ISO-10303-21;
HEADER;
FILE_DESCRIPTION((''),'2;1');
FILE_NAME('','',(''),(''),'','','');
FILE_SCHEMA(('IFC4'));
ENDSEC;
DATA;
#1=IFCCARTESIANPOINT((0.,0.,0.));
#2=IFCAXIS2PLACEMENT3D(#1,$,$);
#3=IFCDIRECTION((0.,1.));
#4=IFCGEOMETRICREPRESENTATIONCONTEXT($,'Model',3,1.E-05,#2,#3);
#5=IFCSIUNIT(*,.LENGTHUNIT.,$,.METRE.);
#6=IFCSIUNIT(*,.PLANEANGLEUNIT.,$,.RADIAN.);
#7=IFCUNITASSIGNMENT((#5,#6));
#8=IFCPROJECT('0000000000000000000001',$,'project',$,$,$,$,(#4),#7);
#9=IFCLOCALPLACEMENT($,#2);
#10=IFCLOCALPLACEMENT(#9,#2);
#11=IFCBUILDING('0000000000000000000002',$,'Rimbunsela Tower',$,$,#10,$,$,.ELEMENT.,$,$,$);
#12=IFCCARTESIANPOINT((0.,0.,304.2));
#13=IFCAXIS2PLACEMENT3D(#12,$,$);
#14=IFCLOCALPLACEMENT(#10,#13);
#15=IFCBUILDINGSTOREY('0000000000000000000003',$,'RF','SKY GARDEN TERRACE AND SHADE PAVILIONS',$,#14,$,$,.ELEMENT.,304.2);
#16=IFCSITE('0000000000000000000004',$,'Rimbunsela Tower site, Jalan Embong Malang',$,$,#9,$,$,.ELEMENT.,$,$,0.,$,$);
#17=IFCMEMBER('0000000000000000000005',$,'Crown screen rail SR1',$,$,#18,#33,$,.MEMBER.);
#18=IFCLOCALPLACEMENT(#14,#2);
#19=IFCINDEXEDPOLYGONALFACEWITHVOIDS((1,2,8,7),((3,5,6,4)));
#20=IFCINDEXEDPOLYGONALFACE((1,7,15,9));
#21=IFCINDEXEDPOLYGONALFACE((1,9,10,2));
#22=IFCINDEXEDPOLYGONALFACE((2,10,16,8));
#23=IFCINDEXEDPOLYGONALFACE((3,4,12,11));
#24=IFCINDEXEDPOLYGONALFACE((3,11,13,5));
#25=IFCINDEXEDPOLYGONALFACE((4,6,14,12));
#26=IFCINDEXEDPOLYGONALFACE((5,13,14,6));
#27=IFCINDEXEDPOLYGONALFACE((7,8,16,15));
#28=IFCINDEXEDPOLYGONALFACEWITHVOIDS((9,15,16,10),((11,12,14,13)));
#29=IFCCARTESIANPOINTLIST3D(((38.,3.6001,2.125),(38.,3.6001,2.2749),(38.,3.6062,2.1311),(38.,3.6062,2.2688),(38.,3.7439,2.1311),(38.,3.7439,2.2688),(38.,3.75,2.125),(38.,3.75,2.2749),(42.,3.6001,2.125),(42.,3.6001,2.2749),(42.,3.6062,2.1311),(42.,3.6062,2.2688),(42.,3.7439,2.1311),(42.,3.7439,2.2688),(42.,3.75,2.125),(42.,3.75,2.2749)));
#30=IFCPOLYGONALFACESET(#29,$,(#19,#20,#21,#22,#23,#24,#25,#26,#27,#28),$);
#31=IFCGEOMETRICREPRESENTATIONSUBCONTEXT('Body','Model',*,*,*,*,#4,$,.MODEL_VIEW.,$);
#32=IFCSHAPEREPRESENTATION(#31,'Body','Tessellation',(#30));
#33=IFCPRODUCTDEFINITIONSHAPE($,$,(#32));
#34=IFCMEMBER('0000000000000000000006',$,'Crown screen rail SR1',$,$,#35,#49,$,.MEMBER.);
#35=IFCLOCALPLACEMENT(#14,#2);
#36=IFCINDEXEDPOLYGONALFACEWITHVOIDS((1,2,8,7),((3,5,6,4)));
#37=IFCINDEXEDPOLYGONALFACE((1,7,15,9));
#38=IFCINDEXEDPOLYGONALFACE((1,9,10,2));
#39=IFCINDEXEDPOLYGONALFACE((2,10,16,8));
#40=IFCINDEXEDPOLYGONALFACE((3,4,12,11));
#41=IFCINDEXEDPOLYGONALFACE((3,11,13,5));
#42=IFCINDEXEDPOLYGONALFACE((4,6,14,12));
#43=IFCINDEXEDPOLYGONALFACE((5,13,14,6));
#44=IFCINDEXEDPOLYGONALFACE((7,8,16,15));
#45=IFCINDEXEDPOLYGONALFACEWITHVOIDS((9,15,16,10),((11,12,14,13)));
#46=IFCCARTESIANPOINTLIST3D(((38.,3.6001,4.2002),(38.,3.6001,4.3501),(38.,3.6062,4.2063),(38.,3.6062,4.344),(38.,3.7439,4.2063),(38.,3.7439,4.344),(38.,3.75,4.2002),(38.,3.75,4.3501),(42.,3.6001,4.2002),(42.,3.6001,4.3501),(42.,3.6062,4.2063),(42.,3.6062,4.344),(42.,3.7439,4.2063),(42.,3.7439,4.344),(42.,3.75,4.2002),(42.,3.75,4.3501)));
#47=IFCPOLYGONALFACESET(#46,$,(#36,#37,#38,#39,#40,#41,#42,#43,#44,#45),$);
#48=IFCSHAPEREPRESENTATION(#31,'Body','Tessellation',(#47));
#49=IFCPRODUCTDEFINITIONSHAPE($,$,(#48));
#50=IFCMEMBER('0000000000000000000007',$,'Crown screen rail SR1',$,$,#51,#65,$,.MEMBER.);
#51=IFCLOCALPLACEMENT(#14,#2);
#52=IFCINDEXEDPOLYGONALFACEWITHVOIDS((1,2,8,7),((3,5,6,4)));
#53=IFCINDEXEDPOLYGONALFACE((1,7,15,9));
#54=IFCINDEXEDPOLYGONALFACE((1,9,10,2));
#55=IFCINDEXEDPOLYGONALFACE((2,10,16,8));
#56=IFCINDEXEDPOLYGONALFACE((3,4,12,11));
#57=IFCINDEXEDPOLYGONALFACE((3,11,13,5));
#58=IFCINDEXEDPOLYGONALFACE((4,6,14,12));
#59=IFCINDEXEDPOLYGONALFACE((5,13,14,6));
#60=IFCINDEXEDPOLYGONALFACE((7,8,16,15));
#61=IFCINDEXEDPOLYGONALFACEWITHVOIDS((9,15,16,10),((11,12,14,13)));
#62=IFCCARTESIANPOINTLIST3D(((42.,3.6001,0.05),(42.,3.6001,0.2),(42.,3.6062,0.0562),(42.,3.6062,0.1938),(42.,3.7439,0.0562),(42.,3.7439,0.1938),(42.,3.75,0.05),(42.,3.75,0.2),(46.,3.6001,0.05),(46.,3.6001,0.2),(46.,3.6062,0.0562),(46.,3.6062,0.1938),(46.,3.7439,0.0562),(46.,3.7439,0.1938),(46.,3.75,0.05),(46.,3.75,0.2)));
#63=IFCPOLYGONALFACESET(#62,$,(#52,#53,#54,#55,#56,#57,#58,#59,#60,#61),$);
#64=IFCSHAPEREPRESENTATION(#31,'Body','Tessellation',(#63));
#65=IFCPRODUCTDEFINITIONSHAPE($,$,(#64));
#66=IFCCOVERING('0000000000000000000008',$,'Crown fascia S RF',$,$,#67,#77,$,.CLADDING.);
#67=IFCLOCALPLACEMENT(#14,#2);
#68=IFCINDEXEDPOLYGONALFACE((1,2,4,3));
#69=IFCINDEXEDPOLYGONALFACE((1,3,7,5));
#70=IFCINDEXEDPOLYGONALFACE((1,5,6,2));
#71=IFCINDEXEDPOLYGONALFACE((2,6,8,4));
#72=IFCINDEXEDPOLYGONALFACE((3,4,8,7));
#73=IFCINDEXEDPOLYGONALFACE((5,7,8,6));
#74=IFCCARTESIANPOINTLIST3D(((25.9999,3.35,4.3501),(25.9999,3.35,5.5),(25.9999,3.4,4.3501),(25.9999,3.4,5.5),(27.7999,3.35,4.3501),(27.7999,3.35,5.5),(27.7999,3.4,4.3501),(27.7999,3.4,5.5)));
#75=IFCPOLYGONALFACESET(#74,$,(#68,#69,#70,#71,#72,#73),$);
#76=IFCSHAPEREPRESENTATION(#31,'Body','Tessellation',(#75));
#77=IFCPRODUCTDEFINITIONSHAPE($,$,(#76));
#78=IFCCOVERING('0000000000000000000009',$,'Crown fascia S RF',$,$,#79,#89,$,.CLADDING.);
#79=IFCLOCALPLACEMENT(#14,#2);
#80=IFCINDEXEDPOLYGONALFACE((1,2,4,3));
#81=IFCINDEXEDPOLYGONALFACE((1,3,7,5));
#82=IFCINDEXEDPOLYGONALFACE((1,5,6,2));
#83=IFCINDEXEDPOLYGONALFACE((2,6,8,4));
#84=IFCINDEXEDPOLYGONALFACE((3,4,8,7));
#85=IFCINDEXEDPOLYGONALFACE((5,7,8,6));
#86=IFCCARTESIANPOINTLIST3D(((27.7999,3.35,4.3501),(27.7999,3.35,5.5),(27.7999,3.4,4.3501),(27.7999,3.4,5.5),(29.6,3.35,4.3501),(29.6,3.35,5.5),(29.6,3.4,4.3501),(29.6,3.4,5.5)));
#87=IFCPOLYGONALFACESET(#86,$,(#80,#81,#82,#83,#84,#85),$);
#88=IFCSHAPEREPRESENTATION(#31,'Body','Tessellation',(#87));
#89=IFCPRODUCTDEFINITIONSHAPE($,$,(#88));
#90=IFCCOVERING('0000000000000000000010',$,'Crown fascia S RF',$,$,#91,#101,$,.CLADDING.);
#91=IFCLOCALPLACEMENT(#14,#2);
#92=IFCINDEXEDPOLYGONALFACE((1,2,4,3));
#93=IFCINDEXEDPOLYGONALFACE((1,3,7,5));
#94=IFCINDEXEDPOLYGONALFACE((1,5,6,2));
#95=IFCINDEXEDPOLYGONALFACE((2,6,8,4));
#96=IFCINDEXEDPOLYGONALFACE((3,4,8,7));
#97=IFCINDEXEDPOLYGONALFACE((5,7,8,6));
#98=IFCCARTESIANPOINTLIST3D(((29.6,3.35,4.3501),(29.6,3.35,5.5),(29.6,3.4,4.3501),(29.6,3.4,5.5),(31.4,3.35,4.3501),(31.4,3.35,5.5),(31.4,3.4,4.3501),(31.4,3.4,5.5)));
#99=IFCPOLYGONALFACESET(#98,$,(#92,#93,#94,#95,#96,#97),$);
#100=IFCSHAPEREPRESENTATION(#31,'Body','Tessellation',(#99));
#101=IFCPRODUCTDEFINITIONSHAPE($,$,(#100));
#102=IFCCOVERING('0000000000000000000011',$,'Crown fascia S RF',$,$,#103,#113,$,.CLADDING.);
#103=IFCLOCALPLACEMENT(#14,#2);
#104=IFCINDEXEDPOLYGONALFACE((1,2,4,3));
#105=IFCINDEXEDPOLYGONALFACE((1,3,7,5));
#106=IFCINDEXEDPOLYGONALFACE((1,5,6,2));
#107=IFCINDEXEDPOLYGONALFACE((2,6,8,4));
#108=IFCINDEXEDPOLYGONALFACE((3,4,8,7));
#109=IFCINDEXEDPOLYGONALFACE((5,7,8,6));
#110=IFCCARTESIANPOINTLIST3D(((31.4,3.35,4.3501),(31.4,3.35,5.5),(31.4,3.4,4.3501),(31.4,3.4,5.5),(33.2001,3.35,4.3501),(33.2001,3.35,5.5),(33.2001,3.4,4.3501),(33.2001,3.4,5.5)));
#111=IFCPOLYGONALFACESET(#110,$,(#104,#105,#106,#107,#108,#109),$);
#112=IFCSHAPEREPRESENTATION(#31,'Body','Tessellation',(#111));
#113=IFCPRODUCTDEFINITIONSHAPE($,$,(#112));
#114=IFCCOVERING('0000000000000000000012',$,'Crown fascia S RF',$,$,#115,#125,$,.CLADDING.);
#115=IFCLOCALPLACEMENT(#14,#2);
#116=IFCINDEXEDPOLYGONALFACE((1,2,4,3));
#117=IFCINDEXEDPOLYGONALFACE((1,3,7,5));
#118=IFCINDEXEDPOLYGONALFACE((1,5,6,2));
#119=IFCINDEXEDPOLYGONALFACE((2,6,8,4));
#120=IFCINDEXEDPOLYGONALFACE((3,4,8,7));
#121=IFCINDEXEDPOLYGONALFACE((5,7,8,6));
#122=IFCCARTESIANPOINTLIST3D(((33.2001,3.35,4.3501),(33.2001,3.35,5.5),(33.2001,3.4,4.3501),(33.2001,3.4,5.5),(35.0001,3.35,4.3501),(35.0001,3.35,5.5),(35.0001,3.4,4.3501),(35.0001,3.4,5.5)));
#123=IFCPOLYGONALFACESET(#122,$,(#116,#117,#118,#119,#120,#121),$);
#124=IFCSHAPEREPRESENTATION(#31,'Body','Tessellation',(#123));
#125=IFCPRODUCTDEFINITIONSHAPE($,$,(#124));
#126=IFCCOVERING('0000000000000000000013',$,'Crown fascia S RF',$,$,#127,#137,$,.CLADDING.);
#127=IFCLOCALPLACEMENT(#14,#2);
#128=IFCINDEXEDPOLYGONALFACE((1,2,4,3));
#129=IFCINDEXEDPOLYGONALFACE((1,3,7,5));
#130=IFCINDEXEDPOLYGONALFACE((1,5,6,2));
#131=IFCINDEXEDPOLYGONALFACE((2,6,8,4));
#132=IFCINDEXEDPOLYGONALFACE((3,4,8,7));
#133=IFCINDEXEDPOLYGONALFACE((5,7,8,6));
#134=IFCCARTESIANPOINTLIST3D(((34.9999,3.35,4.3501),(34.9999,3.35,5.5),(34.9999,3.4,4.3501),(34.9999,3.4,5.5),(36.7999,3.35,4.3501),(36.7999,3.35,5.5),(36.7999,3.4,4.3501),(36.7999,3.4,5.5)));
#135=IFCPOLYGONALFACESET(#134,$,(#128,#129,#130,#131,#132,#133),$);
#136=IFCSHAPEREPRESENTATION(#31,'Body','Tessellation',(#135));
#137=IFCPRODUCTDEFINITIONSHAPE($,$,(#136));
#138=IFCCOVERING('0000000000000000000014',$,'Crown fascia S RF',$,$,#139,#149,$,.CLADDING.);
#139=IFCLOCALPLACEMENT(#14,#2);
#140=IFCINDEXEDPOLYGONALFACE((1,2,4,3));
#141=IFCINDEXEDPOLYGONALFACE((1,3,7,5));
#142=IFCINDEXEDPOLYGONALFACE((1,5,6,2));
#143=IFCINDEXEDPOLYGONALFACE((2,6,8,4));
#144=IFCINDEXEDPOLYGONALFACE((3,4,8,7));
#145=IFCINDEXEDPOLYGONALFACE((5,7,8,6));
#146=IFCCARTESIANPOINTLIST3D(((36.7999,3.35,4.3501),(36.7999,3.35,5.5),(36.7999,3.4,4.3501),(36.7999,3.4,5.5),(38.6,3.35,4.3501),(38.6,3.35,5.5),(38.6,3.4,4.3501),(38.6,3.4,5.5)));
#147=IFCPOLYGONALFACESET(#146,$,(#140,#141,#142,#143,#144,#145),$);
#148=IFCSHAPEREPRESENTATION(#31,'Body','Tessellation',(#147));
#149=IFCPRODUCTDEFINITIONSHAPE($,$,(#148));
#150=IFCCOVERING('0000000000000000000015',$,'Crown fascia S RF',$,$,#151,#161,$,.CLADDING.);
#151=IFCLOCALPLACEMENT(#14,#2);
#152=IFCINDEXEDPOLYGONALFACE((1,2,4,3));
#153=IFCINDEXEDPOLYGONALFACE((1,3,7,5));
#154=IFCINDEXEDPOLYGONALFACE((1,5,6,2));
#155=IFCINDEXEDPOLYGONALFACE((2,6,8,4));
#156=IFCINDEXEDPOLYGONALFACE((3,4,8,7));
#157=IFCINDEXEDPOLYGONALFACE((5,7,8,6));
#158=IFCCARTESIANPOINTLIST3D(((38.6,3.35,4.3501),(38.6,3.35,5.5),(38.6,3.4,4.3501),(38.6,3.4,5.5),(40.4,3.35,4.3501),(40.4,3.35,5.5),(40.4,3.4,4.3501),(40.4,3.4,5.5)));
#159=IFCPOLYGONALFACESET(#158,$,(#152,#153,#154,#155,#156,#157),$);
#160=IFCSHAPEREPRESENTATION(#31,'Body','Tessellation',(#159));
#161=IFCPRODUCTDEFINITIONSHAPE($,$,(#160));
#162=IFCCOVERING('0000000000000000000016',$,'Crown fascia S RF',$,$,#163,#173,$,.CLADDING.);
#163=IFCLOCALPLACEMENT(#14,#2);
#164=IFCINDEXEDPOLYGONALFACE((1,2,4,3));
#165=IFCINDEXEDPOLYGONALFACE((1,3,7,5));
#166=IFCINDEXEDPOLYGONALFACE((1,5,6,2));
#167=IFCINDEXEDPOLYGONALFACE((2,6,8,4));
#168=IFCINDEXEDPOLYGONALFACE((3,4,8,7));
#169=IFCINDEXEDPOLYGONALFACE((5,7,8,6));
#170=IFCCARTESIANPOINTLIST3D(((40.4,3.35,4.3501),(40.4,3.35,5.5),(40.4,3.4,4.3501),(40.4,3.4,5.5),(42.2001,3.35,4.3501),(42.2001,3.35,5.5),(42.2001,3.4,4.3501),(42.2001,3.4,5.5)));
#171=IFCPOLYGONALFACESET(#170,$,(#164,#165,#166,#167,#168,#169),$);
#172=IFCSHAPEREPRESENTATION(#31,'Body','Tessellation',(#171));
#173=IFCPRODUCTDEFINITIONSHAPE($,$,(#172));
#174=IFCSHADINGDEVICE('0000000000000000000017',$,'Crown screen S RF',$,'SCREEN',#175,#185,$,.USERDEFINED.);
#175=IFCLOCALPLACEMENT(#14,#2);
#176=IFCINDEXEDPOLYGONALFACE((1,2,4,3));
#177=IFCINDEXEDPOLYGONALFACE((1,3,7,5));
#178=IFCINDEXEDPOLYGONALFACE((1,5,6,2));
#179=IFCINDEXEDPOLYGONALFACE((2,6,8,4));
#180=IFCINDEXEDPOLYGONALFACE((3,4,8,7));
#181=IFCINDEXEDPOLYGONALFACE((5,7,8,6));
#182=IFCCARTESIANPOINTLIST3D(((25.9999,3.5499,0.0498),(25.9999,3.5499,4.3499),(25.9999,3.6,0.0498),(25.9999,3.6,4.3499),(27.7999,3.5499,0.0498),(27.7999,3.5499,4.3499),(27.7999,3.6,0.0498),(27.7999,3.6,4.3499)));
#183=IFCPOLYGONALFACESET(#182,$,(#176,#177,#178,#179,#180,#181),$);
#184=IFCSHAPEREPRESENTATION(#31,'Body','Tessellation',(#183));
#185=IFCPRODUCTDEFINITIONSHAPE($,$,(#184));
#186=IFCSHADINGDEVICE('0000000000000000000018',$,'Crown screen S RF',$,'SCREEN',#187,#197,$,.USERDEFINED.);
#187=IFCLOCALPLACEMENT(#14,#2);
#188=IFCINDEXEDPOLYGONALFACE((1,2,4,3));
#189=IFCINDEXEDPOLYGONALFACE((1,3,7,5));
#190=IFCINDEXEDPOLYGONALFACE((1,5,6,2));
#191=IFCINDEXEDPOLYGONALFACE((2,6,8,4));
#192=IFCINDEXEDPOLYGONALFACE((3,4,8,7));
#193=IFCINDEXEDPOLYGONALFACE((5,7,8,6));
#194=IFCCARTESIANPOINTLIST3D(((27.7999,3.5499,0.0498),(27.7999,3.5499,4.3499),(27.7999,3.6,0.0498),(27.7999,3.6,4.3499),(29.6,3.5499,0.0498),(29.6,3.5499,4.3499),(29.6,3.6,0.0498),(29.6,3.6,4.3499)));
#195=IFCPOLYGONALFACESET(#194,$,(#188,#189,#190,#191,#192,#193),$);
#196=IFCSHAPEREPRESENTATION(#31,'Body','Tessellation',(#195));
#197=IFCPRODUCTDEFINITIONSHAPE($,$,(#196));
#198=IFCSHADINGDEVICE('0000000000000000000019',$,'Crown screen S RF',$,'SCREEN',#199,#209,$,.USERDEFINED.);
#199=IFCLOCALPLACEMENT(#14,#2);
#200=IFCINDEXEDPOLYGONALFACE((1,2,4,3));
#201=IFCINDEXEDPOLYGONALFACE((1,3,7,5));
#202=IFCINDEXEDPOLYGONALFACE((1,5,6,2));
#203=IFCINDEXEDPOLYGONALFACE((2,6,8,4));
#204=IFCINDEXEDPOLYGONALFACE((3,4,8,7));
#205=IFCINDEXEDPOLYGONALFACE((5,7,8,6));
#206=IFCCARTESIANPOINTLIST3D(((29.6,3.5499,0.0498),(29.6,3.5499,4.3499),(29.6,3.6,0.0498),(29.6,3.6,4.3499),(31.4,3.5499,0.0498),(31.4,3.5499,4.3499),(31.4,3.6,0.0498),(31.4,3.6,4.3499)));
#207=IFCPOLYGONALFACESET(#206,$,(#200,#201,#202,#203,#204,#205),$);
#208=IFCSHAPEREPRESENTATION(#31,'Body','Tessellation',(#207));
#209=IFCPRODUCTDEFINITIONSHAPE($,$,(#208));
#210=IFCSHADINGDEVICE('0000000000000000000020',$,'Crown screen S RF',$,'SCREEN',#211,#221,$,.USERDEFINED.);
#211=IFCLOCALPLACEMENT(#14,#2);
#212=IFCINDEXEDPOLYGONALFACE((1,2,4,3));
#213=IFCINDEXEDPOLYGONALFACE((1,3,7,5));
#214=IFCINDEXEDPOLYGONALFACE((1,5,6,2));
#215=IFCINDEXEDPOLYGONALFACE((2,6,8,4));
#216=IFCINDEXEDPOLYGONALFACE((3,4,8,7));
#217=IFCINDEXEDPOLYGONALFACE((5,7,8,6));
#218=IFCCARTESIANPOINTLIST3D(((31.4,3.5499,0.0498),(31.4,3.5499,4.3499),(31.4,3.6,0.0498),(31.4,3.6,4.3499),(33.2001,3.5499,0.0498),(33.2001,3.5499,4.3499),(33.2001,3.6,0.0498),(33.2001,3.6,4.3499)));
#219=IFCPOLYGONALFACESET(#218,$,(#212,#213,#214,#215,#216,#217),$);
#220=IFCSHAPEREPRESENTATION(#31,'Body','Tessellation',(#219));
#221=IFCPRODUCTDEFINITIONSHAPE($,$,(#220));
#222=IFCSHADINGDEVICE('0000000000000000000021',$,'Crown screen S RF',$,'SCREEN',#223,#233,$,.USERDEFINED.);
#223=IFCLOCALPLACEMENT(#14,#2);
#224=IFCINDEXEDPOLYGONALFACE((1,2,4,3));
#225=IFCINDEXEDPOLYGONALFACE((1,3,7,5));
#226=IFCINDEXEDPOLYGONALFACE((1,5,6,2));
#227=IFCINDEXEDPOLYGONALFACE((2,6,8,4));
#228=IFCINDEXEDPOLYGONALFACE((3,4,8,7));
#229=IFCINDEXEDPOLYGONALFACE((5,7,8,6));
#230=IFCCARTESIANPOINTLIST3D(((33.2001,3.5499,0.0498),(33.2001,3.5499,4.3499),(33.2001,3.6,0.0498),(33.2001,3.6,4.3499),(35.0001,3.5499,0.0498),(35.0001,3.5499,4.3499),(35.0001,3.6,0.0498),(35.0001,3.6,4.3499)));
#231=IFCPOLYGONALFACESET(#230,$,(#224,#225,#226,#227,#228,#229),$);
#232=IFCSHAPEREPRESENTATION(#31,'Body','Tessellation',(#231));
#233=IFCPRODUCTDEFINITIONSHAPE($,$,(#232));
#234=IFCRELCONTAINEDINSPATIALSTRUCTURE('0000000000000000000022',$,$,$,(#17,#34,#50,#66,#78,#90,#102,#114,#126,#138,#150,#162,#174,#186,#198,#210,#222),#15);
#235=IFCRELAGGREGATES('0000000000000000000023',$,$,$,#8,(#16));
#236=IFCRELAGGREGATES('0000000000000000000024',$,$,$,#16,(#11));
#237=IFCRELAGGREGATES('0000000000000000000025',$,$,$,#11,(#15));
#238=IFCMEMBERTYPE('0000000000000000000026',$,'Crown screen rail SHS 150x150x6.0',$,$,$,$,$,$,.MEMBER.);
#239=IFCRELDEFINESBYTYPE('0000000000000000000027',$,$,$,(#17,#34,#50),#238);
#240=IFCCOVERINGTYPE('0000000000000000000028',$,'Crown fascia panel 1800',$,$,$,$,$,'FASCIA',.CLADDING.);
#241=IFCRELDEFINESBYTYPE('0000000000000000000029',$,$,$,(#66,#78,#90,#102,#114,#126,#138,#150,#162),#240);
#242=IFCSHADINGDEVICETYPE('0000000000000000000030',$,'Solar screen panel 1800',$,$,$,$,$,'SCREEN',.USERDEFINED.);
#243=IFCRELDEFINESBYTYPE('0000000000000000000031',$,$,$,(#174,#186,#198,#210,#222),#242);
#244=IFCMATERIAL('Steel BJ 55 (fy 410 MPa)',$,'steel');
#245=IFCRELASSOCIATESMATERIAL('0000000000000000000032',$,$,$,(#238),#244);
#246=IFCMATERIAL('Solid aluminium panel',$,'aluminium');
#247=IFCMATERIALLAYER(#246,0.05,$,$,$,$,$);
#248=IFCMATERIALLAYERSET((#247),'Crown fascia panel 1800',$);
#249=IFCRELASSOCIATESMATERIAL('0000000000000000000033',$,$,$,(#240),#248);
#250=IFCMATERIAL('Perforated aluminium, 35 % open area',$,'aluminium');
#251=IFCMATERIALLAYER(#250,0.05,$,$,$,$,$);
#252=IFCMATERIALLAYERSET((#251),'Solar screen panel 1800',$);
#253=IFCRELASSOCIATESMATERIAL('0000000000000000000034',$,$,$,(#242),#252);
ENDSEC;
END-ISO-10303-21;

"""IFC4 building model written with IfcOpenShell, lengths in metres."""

from ifc_helpers import new_model, si_unit, direction, frame, origin, origin_2d, place, context, subcontext, project, spatial, rectangle, hollow_rectangle, extrude, material, layer, layer_set, material_profile, profile_set, type_object, element, save


model = new_model("IFC4")

# Units and contexts
model_context = context("Model", 3, precision=1e-05, world=origin(), true_north=direction((0.0, 1.0)))
body_context = subcontext(model_context, "Body", "Model", "MODEL_VIEW")
ifc_project = project(units=[si_unit("LENGTHUNIT", "METRE"), si_unit("PLANEANGLEUNIT", "RADIAN")], contexts=[model_context])

# Site, building, storey
site_placement = place(None, origin())
site = spatial("IfcSite", under=ifc_project, at=site_placement, Name="Rimbunsela Tower site, Jalan Embong Malang", CompositionType="ELEMENT", RefElevation=0.0)
building_placement = place(site_placement, origin())
building = spatial("IfcBuilding", under=site, at=building_placement, Name="Rimbunsela Tower", CompositionType="ELEMENT")
storey_placement = place(building_placement, frame((0.0, 0.0, 304.2)))
storey = spatial("IfcBuildingStorey", under=building, at=storey_placement, Name="RF", Description="SKY GARDEN TERRACE AND SHADE PAVILIONS", CompositionType="ELEMENT", Elevation=304.2)

# Members
ifc_material_1 = material(Name="Steel BJ 55 (fy 410 MPa)", Category="steel")
ifc_material_profile_1 = material_profile(ifc_material_1, hollow_rectangle(XDim=0.1499, YDim=0.1499, WallThickness=0.0061, at=origin_2d()), Name="SHS 150x150x6.0")
ifc_profile_set_1 = profile_set([ifc_material_profile_1], Name="Steel BJ 55 (fy 410 MPa)")
member_type = type_object("IfcMemberType", Name="Crown screen rail SHS 150x150x6.0", PredefinedType="MEMBER", material=ifc_profile_set_1)
for number, where, z_axis, x_axis, name in (
    (1, (38.0, 3.675, 2.2), (1.0, 0.0, 0.0), (0.0, 1.0, 0.0), "Crown screen rail SR1"),
    (2, (38.0, 3.675, 4.2751), (1.0, 0.0, 0.0), (0.0, 1.0, 0.0), "Crown screen rail SR1"),
    (3, (42.0, 3.675, 0.125), (1.0, 0.0, 0.0), (0.0, 1.0, 0.0), "Crown screen rail SR1"),
):
    element("IfcMember", number, at=place(storey_placement, frame(where, z_axis=z_axis, x_axis=x_axis)), inside=storey, type_object=member_type, Name=name, PredefinedType="MEMBER", context=body_context, shape_type="SweptSolid", body=[
        extrude(hollow_rectangle(XDim=0.1499, YDim=0.1499, WallThickness=0.0061, at=origin_2d()), origin(), (0.0, 0.0, 1.0), 4.0),
    ])

# Coverings
ifc_material_2 = material(Name="Solid aluminium panel", Category="aluminium")
ifc_layer_1 = layer(ifc_material_2, 0.05)
ifc_layer_set_1 = layer_set([ifc_layer_1], Name="Crown fascia panel 1800")
covering_type = type_object("IfcCoveringType", Name="Crown fascia panel 1800", ElementType="FASCIA", PredefinedType="CLADDING", material=ifc_layer_set_1)
for number, where, z_axis, x_axis, name in (
    (4, (26.8999, 3.375, 4.3501), (0.0, 0.0, 1.0), (1.0, 0.0, 0.0), "Crown fascia S RF"),
    (5, (28.7, 3.375, 4.3501), (0.0, 0.0, 1.0), (1.0, 0.0, 0.0), "Crown fascia S RF"),
    (6, (30.5, 3.375, 4.3501), (0.0, 0.0, 1.0), (1.0, 0.0, 0.0), "Crown fascia S RF"),
    (7, (32.3, 3.375, 4.3501), (0.0, 0.0, 1.0), (1.0, 0.0, 0.0), "Crown fascia S RF"),
    (8, (34.1001, 3.375, 4.3501), (0.0, 0.0, 1.0), (1.0, 0.0, 0.0), "Crown fascia S RF"),
    (9, (35.8999, 3.375, 4.3501), (0.0, 0.0, 1.0), (1.0, 0.0, 0.0), "Crown fascia S RF"),
    (10, (37.7, 3.375, 4.3501), (0.0, 0.0, 1.0), (1.0, 0.0, 0.0), "Crown fascia S RF"),
    (11, (39.5, 3.375, 4.3501), (0.0, 0.0, 1.0), (1.0, 0.0, 0.0), "Crown fascia S RF"),
    (12, (41.3, 3.375, 4.3501), (0.0, 0.0, 1.0), (1.0, 0.0, 0.0), "Crown fascia S RF"),
):
    element("IfcCovering", number, at=place(storey_placement, frame(where, z_axis=z_axis, x_axis=x_axis)), inside=storey, type_object=covering_type, Name=name, PredefinedType="CLADDING", context=body_context, shape_type="SweptSolid", body=[
        extrude(rectangle(XDim=1.8, YDim=0.05, at=origin_2d()), origin(), (0.0, 0.0, 1.0), 1.1499),
    ])

# Shading devices
ifc_material_3 = material(Name="Perforated aluminium, 35 % open area", Category="aluminium")
ifc_layer_2 = layer(ifc_material_3, 0.05)
ifc_layer_set_2 = layer_set([ifc_layer_2], Name="Solar screen panel 1800")
shading_device_type = type_object("IfcShadingDeviceType", Name="Solar screen panel 1800", ElementType="SCREEN", PredefinedType="USERDEFINED", material=ifc_layer_set_2)
for number, where, z_axis, x_axis, name in (
    (13, (26.8999, 3.575, 0.0498), (0.0, 0.0, 1.0), (1.0, 0.0, 0.0), "Crown screen S RF"),
    (14, (28.7, 3.575, 0.0498), (0.0, 0.0, 1.0), (1.0, 0.0, 0.0), "Crown screen S RF"),
    (15, (30.5, 3.575, 0.0498), (0.0, 0.0, 1.0), (1.0, 0.0, 0.0), "Crown screen S RF"),
    (16, (32.3, 3.575, 0.0498), (0.0, 0.0, 1.0), (1.0, 0.0, 0.0), "Crown screen S RF"),
    (17, (34.1001, 3.575, 0.0498), (0.0, 0.0, 1.0), (1.0, 0.0, 0.0), "Crown screen S RF"),
):
    element("IfcShadingDevice", number, at=place(storey_placement, frame(where, z_axis=z_axis, x_axis=x_axis)), inside=storey, type_object=shading_device_type, Name=name, ObjectType="SCREEN", PredefinedType="USERDEFINED", context=body_context, shape_type="SweptSolid", body=[
        extrude(rectangle(XDim=1.8, YDim=0.05, at=origin_2d()), origin(), (0.0, 0.0, 1.0), 4.3),
    ])

save(model, "model.ifc")
